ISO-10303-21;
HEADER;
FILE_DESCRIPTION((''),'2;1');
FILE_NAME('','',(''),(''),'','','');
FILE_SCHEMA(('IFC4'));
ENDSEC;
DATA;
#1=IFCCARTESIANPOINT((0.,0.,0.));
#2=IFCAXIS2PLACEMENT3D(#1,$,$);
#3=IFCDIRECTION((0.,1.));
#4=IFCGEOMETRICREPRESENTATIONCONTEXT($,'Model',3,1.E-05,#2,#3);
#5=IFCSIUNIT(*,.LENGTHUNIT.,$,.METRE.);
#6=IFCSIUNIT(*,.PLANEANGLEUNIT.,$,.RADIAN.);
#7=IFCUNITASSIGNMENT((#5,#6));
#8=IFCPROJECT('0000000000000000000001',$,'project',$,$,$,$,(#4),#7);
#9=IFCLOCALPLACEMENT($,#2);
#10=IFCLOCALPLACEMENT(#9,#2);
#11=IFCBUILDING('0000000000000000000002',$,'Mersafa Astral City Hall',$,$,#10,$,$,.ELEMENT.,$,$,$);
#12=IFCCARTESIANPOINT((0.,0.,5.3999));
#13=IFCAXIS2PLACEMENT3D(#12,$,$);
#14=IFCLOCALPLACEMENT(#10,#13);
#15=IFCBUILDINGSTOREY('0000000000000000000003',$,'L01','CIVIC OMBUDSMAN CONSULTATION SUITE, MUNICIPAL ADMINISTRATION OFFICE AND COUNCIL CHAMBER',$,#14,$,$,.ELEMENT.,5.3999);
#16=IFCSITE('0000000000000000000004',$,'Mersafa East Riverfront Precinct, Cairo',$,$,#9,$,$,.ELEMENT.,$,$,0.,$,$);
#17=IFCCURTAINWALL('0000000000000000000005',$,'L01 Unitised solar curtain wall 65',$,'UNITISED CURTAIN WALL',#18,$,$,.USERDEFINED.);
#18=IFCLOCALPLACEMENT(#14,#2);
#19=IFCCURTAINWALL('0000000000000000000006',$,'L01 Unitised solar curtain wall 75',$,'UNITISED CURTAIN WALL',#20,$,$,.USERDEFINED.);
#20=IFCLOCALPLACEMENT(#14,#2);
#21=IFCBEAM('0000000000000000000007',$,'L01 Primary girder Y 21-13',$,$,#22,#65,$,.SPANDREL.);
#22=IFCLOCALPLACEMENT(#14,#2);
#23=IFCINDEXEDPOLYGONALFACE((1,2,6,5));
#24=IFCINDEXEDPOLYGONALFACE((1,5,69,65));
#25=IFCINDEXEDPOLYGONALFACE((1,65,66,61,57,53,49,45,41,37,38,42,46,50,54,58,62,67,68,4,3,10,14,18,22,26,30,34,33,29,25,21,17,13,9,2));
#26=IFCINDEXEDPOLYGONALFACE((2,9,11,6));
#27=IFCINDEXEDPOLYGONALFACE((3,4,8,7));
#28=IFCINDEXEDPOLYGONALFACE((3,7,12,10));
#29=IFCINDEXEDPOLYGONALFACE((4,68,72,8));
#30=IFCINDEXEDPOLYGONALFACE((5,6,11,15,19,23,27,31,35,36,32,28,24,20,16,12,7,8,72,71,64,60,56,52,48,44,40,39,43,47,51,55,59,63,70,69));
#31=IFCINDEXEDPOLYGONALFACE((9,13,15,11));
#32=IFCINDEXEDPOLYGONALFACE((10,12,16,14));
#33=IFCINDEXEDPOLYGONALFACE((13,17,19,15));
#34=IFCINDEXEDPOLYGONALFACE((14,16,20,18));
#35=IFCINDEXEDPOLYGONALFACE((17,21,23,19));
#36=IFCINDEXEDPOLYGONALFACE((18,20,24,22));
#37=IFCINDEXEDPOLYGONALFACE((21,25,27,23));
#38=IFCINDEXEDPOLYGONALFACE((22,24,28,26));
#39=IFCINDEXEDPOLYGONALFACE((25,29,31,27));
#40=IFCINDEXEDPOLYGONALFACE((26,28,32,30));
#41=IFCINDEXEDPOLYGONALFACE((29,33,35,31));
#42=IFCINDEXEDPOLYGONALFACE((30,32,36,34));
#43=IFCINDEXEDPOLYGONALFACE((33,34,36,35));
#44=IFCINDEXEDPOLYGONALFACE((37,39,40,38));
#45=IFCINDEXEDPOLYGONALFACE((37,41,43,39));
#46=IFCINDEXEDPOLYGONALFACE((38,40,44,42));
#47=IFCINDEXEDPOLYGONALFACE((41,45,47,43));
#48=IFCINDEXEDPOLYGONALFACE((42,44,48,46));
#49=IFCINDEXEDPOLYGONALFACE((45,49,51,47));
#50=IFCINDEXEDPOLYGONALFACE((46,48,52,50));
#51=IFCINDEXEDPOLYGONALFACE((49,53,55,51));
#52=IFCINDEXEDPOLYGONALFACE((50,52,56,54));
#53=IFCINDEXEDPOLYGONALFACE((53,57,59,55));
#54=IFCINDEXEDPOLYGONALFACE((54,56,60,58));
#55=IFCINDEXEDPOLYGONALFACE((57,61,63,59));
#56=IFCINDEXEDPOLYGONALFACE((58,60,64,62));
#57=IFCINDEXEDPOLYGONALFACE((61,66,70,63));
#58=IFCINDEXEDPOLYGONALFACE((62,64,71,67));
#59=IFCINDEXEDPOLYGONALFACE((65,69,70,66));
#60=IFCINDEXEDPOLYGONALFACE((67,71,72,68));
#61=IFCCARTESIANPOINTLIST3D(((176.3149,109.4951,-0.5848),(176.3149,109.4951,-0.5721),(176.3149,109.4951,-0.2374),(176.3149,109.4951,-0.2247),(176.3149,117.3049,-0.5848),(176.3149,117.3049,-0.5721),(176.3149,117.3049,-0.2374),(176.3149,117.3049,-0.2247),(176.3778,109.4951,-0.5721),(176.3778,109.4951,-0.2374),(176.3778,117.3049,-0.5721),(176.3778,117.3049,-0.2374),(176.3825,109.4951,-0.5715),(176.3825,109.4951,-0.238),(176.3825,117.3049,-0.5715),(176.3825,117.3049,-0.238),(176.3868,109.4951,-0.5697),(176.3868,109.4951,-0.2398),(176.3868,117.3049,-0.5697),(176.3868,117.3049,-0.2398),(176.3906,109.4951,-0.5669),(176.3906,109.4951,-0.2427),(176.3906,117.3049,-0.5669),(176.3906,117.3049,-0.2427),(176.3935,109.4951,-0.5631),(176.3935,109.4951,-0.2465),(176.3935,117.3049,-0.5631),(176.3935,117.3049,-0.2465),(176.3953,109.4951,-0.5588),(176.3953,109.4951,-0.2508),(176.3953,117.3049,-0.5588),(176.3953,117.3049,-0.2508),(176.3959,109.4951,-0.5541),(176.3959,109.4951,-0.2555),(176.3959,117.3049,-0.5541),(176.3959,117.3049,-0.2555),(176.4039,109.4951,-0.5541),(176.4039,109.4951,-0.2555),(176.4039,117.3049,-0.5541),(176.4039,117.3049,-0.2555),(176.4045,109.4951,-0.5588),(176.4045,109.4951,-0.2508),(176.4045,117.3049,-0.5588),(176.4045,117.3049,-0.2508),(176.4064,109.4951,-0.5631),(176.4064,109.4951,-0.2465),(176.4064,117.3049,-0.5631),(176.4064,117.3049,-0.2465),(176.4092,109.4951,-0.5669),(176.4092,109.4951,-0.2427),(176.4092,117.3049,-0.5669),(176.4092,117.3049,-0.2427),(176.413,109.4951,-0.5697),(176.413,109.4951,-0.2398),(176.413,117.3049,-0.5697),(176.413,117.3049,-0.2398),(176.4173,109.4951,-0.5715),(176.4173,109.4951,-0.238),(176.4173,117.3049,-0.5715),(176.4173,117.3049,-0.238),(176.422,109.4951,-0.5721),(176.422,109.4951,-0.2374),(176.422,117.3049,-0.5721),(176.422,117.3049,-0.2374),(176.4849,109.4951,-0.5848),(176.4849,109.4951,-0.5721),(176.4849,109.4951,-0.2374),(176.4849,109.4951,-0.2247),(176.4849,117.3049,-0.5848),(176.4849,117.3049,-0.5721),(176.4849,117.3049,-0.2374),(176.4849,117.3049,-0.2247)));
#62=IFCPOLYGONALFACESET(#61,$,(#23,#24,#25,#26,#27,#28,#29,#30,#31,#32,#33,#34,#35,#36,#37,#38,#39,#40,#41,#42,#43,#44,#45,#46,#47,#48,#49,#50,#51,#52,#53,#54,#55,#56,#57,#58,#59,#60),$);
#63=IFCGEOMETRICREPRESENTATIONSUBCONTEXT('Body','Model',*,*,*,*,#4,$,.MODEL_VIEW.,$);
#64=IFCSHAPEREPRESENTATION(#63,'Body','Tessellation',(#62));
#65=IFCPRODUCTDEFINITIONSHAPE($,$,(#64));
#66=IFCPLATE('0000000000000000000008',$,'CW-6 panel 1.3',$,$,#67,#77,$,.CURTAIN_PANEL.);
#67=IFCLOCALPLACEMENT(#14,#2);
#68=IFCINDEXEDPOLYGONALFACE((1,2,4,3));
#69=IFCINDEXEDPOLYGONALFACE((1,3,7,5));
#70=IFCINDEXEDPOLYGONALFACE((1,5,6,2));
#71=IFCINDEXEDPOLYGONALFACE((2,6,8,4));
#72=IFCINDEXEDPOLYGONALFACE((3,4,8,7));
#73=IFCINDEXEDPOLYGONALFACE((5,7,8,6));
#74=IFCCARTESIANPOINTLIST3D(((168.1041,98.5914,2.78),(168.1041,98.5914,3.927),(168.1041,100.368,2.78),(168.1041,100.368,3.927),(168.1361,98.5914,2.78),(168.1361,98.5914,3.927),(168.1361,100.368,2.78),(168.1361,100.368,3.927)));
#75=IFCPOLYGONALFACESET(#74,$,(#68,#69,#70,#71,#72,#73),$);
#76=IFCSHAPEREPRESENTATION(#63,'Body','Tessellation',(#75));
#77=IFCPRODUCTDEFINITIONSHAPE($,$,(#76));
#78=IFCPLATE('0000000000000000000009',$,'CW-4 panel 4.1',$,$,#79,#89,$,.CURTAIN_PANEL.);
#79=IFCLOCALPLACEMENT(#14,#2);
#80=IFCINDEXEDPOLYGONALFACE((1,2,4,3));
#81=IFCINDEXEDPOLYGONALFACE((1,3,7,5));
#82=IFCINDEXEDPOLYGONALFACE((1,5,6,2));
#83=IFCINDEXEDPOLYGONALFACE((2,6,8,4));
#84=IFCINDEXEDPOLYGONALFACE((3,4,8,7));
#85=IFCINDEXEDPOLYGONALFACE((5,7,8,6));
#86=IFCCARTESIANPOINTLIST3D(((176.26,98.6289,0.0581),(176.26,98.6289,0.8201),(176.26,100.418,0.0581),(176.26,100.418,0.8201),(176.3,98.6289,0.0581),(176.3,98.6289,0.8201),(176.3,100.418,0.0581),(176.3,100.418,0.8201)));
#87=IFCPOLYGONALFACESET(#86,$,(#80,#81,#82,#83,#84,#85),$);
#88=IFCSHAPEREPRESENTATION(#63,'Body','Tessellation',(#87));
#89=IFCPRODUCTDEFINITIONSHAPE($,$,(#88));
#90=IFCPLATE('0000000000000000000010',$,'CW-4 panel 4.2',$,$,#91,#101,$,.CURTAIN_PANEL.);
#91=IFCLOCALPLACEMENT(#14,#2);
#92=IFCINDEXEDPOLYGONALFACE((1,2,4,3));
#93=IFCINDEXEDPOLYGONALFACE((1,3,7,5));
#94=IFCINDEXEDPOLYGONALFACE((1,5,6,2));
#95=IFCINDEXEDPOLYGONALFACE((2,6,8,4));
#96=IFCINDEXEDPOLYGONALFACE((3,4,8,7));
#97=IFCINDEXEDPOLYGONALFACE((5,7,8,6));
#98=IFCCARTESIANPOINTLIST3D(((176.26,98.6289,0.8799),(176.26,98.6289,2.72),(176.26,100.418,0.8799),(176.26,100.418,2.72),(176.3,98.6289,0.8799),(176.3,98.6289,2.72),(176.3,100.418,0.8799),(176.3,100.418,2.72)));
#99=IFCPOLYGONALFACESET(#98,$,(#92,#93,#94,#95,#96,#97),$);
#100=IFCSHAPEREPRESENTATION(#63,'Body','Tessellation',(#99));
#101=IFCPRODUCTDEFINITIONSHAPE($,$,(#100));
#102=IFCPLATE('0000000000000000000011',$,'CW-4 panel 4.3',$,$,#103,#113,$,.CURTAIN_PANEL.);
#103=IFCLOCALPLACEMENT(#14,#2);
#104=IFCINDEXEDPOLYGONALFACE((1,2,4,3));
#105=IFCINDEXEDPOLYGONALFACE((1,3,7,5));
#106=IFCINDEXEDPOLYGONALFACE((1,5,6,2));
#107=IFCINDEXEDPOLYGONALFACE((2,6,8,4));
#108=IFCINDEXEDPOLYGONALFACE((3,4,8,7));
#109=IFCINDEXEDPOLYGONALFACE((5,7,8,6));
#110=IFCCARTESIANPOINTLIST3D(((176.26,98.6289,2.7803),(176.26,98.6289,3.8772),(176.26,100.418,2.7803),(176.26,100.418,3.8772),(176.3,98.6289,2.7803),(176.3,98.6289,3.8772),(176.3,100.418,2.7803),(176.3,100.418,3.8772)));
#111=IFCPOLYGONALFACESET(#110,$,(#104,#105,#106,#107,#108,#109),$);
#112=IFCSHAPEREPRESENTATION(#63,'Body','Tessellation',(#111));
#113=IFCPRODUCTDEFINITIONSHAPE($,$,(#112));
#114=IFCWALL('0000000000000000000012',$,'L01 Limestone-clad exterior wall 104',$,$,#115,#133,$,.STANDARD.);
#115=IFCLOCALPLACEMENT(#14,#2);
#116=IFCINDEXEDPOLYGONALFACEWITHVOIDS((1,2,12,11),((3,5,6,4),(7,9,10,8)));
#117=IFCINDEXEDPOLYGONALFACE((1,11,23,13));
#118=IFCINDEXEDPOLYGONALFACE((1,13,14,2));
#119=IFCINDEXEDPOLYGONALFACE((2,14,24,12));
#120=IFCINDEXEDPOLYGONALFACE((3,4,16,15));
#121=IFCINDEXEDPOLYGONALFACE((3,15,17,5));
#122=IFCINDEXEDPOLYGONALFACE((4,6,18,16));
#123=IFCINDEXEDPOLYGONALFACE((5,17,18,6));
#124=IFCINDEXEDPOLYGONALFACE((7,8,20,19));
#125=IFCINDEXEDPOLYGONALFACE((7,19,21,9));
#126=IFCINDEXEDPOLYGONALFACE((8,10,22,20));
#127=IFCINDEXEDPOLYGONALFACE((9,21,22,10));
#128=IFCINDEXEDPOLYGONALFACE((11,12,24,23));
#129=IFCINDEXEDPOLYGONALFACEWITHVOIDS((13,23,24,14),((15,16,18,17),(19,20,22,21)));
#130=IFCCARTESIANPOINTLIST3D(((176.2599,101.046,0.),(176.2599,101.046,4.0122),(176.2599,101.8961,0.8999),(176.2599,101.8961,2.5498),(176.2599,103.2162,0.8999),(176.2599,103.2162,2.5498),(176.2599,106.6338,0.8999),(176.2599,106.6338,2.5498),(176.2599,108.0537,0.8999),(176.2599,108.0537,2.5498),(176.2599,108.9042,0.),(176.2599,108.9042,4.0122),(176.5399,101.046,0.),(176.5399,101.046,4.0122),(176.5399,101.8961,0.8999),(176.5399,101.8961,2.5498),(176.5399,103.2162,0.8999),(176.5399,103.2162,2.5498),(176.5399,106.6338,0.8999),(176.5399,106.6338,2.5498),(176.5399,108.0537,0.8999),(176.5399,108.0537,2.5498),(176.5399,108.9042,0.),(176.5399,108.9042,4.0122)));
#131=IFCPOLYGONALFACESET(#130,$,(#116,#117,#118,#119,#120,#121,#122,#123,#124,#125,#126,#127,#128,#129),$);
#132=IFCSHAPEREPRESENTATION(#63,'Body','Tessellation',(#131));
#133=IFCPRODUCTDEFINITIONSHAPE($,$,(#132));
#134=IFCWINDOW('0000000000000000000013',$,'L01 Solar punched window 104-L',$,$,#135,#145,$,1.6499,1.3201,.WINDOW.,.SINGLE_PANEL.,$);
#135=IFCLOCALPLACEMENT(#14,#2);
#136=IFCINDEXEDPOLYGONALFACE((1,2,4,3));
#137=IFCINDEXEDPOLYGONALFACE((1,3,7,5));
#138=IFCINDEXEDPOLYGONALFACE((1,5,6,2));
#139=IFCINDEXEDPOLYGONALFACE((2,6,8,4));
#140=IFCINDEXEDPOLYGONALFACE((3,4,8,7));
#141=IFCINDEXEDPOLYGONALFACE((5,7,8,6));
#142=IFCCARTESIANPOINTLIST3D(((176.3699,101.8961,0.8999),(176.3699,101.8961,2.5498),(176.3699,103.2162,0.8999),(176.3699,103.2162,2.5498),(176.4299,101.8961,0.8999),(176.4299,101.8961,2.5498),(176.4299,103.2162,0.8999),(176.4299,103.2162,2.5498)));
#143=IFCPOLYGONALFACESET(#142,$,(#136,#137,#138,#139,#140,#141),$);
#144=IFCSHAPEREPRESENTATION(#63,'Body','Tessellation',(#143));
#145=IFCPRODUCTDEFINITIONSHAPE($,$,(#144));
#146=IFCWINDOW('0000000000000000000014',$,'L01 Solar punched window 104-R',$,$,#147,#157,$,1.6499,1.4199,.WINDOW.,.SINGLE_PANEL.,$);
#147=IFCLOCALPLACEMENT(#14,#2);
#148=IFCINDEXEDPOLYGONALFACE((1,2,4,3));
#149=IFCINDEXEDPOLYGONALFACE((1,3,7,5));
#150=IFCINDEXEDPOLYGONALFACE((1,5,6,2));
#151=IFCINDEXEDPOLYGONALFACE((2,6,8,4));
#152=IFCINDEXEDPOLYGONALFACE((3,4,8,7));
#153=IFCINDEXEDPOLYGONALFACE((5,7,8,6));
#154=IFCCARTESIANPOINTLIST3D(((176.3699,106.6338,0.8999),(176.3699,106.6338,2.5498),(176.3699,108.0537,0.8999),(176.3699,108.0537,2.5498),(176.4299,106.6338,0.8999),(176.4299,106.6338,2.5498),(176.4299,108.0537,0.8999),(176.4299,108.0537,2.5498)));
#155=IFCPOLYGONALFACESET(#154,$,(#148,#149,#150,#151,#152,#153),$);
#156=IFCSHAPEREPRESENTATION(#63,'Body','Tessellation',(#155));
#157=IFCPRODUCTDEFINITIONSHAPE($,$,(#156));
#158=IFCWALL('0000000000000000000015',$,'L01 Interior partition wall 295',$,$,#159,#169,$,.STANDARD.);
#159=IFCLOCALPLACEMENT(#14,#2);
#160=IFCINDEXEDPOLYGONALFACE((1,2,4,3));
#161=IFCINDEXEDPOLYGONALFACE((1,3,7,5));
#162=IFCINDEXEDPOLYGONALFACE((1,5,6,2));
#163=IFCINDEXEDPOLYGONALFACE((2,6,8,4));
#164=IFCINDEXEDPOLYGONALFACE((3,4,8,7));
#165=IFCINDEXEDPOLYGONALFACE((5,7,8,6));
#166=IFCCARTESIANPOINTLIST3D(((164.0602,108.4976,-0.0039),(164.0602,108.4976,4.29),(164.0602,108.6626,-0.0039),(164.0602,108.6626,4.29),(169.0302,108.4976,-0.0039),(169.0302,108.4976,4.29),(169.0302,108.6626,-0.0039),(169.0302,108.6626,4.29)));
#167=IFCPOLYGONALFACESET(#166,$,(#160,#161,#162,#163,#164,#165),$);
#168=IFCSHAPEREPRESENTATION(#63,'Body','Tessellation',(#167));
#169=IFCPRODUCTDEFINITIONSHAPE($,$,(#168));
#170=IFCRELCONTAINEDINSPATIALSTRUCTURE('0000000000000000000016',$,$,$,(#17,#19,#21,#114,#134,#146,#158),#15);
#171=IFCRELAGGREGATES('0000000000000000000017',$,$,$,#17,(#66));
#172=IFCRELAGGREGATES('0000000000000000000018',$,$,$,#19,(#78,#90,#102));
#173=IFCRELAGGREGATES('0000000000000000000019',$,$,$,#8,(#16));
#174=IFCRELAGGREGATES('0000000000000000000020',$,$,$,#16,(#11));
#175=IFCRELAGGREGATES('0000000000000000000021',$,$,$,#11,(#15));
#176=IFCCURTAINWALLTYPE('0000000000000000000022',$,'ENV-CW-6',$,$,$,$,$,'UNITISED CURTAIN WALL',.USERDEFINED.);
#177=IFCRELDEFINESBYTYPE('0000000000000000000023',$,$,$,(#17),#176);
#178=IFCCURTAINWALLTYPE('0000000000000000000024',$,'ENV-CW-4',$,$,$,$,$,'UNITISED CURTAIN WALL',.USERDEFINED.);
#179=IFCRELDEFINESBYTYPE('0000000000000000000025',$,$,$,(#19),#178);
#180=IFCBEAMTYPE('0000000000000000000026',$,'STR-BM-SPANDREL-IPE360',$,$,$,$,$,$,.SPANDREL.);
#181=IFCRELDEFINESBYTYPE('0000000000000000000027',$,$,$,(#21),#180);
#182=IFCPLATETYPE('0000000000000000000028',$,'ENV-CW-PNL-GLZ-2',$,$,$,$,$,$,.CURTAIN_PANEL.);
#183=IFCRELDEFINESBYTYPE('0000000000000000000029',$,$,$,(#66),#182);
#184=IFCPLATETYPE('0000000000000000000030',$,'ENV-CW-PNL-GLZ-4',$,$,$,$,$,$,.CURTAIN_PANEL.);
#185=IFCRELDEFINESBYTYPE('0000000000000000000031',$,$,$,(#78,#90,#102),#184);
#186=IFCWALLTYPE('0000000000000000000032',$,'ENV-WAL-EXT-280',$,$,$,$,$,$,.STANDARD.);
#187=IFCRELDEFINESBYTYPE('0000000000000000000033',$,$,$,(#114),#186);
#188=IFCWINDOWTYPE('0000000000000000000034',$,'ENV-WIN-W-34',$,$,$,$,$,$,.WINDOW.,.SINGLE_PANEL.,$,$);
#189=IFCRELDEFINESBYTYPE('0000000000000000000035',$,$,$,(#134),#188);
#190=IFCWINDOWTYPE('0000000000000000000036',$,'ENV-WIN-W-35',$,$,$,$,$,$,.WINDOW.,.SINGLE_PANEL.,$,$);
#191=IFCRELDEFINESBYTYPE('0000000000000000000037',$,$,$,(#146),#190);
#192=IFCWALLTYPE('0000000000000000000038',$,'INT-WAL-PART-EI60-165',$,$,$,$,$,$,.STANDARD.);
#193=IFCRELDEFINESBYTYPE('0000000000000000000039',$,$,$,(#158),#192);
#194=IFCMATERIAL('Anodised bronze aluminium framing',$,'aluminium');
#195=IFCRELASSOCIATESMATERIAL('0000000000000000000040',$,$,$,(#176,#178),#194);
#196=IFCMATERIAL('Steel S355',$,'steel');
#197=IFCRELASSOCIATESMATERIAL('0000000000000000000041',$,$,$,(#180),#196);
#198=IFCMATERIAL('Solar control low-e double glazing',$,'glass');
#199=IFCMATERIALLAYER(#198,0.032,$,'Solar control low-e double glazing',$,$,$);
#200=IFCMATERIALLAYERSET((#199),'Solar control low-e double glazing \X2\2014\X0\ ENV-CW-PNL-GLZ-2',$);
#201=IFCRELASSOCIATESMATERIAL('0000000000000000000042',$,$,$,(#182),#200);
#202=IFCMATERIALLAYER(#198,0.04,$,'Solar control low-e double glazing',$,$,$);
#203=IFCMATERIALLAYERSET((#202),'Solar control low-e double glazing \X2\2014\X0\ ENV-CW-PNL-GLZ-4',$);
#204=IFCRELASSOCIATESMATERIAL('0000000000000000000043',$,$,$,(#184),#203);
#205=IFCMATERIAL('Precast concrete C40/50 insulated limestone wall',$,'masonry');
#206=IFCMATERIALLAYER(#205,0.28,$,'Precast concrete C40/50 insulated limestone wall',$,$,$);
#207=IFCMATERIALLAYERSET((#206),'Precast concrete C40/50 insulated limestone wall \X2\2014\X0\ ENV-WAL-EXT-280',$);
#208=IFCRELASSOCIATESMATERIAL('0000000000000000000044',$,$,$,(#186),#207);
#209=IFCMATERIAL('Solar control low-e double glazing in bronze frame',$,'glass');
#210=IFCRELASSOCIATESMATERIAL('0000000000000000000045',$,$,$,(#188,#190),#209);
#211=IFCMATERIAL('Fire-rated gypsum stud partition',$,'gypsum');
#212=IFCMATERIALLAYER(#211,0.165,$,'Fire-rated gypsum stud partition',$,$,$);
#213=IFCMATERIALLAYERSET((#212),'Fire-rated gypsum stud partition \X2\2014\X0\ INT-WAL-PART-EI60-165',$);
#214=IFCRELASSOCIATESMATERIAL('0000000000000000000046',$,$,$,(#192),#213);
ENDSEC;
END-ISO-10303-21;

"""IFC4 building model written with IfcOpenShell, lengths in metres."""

from ifc_helpers import new_model, si_unit, direction, frame, frame_2d, origin, origin_2d, place, context, subcontext, project, spatial, rectangle, i_section, extrude, material, layer, layer_set, material_profile, profile_set, type_object, element, fill, aggregate, save


model = new_model("IFC4")

# Units and contexts
model_context = context("Model", 3, precision=1e-05, world=origin(), true_north=direction((0.0, 1.0)))
body_context = subcontext(model_context, "Body", "Model", "MODEL_VIEW")
ifc_project = project(units=[si_unit("LENGTHUNIT", "METRE"), si_unit("PLANEANGLEUNIT", "RADIAN")], contexts=[model_context])

# Site, building, storey
site_placement = place(None, origin())
site = spatial("IfcSite", under=ifc_project, at=site_placement, Name="Mersafa East Riverfront Precinct, Cairo", CompositionType="ELEMENT", RefElevation=0.0)
building_placement = place(site_placement, origin())
building = spatial("IfcBuilding", under=site, at=building_placement, Name="Mersafa Astral City Hall", CompositionType="ELEMENT")
storey_placement = place(building_placement, frame((0.0, 0.0, 5.3999)))
storey = spatial("IfcBuildingStorey", under=building, at=storey_placement, Name="L01", Description="CIVIC OMBUDSMAN CONSULTATION SUITE, MUNICIPAL ADMINISTRATION OFFICE AND COUNCIL CHAMBER", CompositionType="ELEMENT", Elevation=5.3999)

# Shared definitions
ifc_material_1 = material(Name="Steel S355", Category="steel")

# Curtain walls
ifc_material_2 = material(Name="Anodised bronze aluminium framing", Category="aluminium")
curtain_wall_type_1 = type_object("IfcCurtainWallType", Name="ENV-CW-6", ElementType="UNITISED CURTAIN WALL", PredefinedType="USERDEFINED", material=ifc_material_2)
curtain_wall_1_placement = place(storey_placement, origin())
curtain_wall_1 = element("IfcCurtainWall", 1, at=curtain_wall_1_placement, inside=storey, type_object=curtain_wall_type_1, Name="L01 Unitised solar curtain wall 65", ObjectType="UNITISED CURTAIN WALL", PredefinedType="USERDEFINED")
curtain_wall_type_2 = type_object("IfcCurtainWallType", Name="ENV-CW-4", ElementType="UNITISED CURTAIN WALL", PredefinedType="USERDEFINED", material=ifc_material_2)
curtain_wall_2_placement = place(storey_placement, origin())
curtain_wall_2 = element("IfcCurtainWall", 2, at=curtain_wall_2_placement, inside=storey, type_object=curtain_wall_type_2, Name="L01 Unitised solar curtain wall 75", ObjectType="UNITISED CURTAIN WALL", PredefinedType="USERDEFINED")

# Beam
ifc_material_profile_1 = material_profile(ifc_material_1, i_section(OverallWidth=0.1699, OverallDepth=0.3601, WebThickness=0.0081, FlangeThickness=0.0127, FilletRadius=0.0181, at=origin_2d()), Name="IPE 360")
ifc_profile_set_1 = profile_set([ifc_material_profile_1], Name="Steel S355")
beam_type_1 = type_object("IfcBeamType", Name="STR-BM-SPANDREL-IPE360", PredefinedType="SPANDREL", material=ifc_profile_set_1)
beam_1_placement = place(storey_placement, frame((176.3999, 109.4951, -0.4048), z_axis=(0.0, 1.0, 0.0), x_axis=(-1.0, 0.0, 0.0)))
element("IfcBeam", 3, at=beam_1_placement, inside=storey, type_object=beam_type_1, Name="L01 Primary girder Y 21-13", PredefinedType="SPANDREL", context=body_context, shape_type="SweptSolid", body=[
    extrude(i_section(OverallWidth=0.1699, OverallDepth=0.3601, WebThickness=0.0081, FlangeThickness=0.0127, FilletRadius=0.0181, at=origin_2d()), origin(), (0.0, 0.0, 1.0), 7.8098),
])

# Plates
ifc_material_3 = material(Name="Solar control low-e double glazing", Category="glass")
ifc_layer_1 = layer(ifc_material_3, 0.032, Name="Solar control low-e double glazing")
ifc_layer_set_1 = layer_set([ifc_layer_1], Name="Solar control low-e double glazing — ENV-CW-PNL-GLZ-2")
plate_type_1 = type_object("IfcPlateType", Name="ENV-CW-PNL-GLZ-2", PredefinedType="CURTAIN_PANEL", material=ifc_layer_set_1)
plate_1_placement = place(storey_placement, frame((168.1201, 99.4797, 2.78), z_axis=(0.0, 0.0, 1.0), x_axis=(0.0, -1.0, 0.0)))
plate_1 = element("IfcPlate", 4, at=plate_1_placement, type_object=plate_type_1, Name="CW-6 panel 1.3", PredefinedType="CURTAIN_PANEL", context=body_context, shape_type="SweptSolid", body=[
    extrude(rectangle(XDim=1.7766, YDim=0.032, at=origin_2d()), origin(), (0.0, 0.0, 1.0), 1.147),
])
aggregate(curtain_wall_1, [plate_1])
ifc_layer_2 = layer(ifc_material_3, 0.04, Name="Solar control low-e double glazing")
ifc_layer_set_2 = layer_set([ifc_layer_2], Name="Solar control low-e double glazing — ENV-CW-PNL-GLZ-4")
plate_type_2 = type_object("IfcPlateType", Name="ENV-CW-PNL-GLZ-4", PredefinedType="CURTAIN_PANEL", material=ifc_layer_set_2)
plate_2_placement = place(storey_placement, frame((176.28, 99.5234, 0.0581), z_axis=(0.0, 0.0, 1.0), x_axis=(0.0, 1.0, 0.0)))
plate_2 = element("IfcPlate", 5, at=plate_2_placement, type_object=plate_type_2, Name="CW-4 panel 4.1", PredefinedType="CURTAIN_PANEL", context=body_context, shape_type="SweptSolid", body=[
    extrude(rectangle(XDim=1.7891, YDim=0.04, at=origin_2d()), origin(), (0.0, 0.0, 1.0), 0.762),
])
plate_3_placement = place(storey_placement, frame((176.28, 99.5234, 0.8799), z_axis=(0.0, 0.0, 1.0), x_axis=(0.0, 1.0, 0.0)))
plate_3 = element("IfcPlate", 6, at=plate_3_placement, type_object=plate_type_2, Name="CW-4 panel 4.2", PredefinedType="CURTAIN_PANEL", context=body_context, shape_type="SweptSolid", body=[
    extrude(rectangle(XDim=1.7891, YDim=0.04, at=origin_2d()), origin(), (0.0, 0.0, 1.0), 1.8401),
])
plate_4_placement = place(storey_placement, frame((176.28, 99.5234, 2.7803), z_axis=(0.0, 0.0, 1.0), x_axis=(0.0, 1.0, 0.0)))
plate_4 = element("IfcPlate", 7, at=plate_4_placement, type_object=plate_type_2, Name="CW-4 panel 4.3", PredefinedType="CURTAIN_PANEL", context=body_context, shape_type="SweptSolid", body=[
    extrude(rectangle(XDim=1.7891, YDim=0.04, at=origin_2d()), origin(), (0.0, 0.0, 1.0), 1.0969),
])
aggregate(curtain_wall_2, [plate_2, plate_3, plate_4])

# Wall, openings, windows
ifc_material_4 = material(Name="Precast concrete C40/50 insulated limestone wall", Category="masonry")
ifc_layer_3 = layer(ifc_material_4, 0.28, Name="Precast concrete C40/50 insulated limestone wall")
ifc_layer_set_3 = layer_set([ifc_layer_3], Name="Precast concrete C40/50 insulated limestone wall — ENV-WAL-EXT-280")
wall_type_1 = type_object("IfcWallType", Name="ENV-WAL-EXT-280", PredefinedType="STANDARD", material=ifc_layer_set_3)
wall_1_placement = place(storey_placement, frame((176.3999, 101.0459, 0.0), z_axis=(0.0, 0.0, 1.0), x_axis=(0.0, 1.0, 0.0)))
wall_1 = element("IfcWall", 8, at=wall_1_placement, inside=storey, type_object=wall_type_1, Name="L01 Limestone-clad exterior wall 104", PredefinedType="STANDARD", context=body_context, shape_type="SweptSolid", body=[
    extrude(rectangle(XDim=7.8582, YDim=0.28, at=frame_2d((3.9292, 0.0))), origin(), (0.0, 0.0, 1.0), 4.0122),
])
opening_1_placement = place(wall_1_placement, frame((0.8501, 0.0, 0.8999)))
opening_1 = element("IfcOpeningElement", 9, at=opening_1_placement, cuts=wall_1, PredefinedType="OPENING", context=body_context, shape_type="SweptSolid", body=[
    extrude(rectangle(XDim=1.3201, YDim=1.6499, at=frame_2d((0.6602, 0.825))), frame((0.0, 0.1499, 0.0), z_axis=(0.0, -1.0, 0.0), x_axis=(1.0, 0.0, 0.0)), (0.0, 0.0, 1.0), 0.3),
])
opening_2_placement = place(wall_1_placement, frame((5.5879, 0.0, 0.8999)))
opening_2 = element("IfcOpeningElement", 10, at=opening_2_placement, cuts=wall_1, PredefinedType="OPENING", context=body_context, shape_type="SweptSolid", body=[
    extrude(rectangle(XDim=1.4199, YDim=1.6499, at=frame_2d((0.71, 0.825))), frame((0.0, 0.1499, 0.0), z_axis=(0.0, -1.0, 0.0), x_axis=(1.0, 0.0, 0.0)), (0.0, 0.0, 1.0), 0.3),
])
ifc_material_5 = material(Name="Solar control low-e double glazing in bronze frame", Category="glass")
window_type_1 = type_object("IfcWindowType", Name="ENV-WIN-W-34", PartitioningType="SINGLE_PANEL", PredefinedType="WINDOW", material=ifc_material_5)
window_1_placement = place(opening_1_placement, origin())
window_1 = element("IfcWindow", 11, at=window_1_placement, inside=storey, type_object=window_type_1, Name="L01 Solar punched window 104-L", OverallHeight=1.6499, OverallWidth=1.3201, PartitioningType="SINGLE_PANEL", PredefinedType="WINDOW", context=body_context, shape_type="SweptSolid", body=[
    extrude(rectangle(XDim=1.3201, YDim=1.6499, at=frame_2d((0.6602, 0.825))), frame((0.0, 0.03, 0.0), z_axis=(0.0, -1.0, 0.0), x_axis=(1.0, 0.0, 0.0)), (0.0, 0.0, 1.0), 0.0601),
])
fill(opening_1, window_1)
window_type_2 = type_object("IfcWindowType", Name="ENV-WIN-W-35", PartitioningType="SINGLE_PANEL", PredefinedType="WINDOW", material=ifc_material_5)
window_2_placement = place(opening_2_placement, origin())
window_2 = element("IfcWindow", 12, at=window_2_placement, inside=storey, type_object=window_type_2, Name="L01 Solar punched window 104-R", OverallHeight=1.6499, OverallWidth=1.4199, PartitioningType="SINGLE_PANEL", PredefinedType="WINDOW", context=body_context, shape_type="SweptSolid", body=[
    extrude(rectangle(XDim=1.4199, YDim=1.6499, at=frame_2d((0.71, 0.825))), frame((0.0, 0.03, 0.0), z_axis=(0.0, -1.0, 0.0), x_axis=(1.0, 0.0, 0.0)), (0.0, 0.0, 1.0), 0.0601),
])
fill(opening_2, window_2)

# Wall
ifc_material_6 = material(Name="Fire-rated gypsum stud partition", Category="gypsum")
ifc_layer_4 = layer(ifc_material_6, 0.165, Name="Fire-rated gypsum stud partition")
ifc_layer_set_4 = layer_set([ifc_layer_4], Name="Fire-rated gypsum stud partition — INT-WAL-PART-EI60-165")
wall_type_2 = type_object("IfcWallType", Name="INT-WAL-PART-EI60-165", PredefinedType="STANDARD", material=ifc_layer_set_4)
wall_2_placement = place(storey_placement, frame((169.03, 108.5801, -0.0039), z_axis=(0.0, 0.0, 1.0), x_axis=(-1.0, 0.0, 0.0)))
element("IfcWall", 13, at=wall_2_placement, inside=storey, type_object=wall_type_2, Name="L01 Interior partition wall 295", PredefinedType="STANDARD", context=body_context, shape_type="SweptSolid", body=[
    extrude(rectangle(XDim=4.97, YDim=0.165, at=frame_2d((2.4849, 0.0))), origin(), (0.0, 0.0, 1.0), 4.2939),
])

save(model, "model.ifc")
